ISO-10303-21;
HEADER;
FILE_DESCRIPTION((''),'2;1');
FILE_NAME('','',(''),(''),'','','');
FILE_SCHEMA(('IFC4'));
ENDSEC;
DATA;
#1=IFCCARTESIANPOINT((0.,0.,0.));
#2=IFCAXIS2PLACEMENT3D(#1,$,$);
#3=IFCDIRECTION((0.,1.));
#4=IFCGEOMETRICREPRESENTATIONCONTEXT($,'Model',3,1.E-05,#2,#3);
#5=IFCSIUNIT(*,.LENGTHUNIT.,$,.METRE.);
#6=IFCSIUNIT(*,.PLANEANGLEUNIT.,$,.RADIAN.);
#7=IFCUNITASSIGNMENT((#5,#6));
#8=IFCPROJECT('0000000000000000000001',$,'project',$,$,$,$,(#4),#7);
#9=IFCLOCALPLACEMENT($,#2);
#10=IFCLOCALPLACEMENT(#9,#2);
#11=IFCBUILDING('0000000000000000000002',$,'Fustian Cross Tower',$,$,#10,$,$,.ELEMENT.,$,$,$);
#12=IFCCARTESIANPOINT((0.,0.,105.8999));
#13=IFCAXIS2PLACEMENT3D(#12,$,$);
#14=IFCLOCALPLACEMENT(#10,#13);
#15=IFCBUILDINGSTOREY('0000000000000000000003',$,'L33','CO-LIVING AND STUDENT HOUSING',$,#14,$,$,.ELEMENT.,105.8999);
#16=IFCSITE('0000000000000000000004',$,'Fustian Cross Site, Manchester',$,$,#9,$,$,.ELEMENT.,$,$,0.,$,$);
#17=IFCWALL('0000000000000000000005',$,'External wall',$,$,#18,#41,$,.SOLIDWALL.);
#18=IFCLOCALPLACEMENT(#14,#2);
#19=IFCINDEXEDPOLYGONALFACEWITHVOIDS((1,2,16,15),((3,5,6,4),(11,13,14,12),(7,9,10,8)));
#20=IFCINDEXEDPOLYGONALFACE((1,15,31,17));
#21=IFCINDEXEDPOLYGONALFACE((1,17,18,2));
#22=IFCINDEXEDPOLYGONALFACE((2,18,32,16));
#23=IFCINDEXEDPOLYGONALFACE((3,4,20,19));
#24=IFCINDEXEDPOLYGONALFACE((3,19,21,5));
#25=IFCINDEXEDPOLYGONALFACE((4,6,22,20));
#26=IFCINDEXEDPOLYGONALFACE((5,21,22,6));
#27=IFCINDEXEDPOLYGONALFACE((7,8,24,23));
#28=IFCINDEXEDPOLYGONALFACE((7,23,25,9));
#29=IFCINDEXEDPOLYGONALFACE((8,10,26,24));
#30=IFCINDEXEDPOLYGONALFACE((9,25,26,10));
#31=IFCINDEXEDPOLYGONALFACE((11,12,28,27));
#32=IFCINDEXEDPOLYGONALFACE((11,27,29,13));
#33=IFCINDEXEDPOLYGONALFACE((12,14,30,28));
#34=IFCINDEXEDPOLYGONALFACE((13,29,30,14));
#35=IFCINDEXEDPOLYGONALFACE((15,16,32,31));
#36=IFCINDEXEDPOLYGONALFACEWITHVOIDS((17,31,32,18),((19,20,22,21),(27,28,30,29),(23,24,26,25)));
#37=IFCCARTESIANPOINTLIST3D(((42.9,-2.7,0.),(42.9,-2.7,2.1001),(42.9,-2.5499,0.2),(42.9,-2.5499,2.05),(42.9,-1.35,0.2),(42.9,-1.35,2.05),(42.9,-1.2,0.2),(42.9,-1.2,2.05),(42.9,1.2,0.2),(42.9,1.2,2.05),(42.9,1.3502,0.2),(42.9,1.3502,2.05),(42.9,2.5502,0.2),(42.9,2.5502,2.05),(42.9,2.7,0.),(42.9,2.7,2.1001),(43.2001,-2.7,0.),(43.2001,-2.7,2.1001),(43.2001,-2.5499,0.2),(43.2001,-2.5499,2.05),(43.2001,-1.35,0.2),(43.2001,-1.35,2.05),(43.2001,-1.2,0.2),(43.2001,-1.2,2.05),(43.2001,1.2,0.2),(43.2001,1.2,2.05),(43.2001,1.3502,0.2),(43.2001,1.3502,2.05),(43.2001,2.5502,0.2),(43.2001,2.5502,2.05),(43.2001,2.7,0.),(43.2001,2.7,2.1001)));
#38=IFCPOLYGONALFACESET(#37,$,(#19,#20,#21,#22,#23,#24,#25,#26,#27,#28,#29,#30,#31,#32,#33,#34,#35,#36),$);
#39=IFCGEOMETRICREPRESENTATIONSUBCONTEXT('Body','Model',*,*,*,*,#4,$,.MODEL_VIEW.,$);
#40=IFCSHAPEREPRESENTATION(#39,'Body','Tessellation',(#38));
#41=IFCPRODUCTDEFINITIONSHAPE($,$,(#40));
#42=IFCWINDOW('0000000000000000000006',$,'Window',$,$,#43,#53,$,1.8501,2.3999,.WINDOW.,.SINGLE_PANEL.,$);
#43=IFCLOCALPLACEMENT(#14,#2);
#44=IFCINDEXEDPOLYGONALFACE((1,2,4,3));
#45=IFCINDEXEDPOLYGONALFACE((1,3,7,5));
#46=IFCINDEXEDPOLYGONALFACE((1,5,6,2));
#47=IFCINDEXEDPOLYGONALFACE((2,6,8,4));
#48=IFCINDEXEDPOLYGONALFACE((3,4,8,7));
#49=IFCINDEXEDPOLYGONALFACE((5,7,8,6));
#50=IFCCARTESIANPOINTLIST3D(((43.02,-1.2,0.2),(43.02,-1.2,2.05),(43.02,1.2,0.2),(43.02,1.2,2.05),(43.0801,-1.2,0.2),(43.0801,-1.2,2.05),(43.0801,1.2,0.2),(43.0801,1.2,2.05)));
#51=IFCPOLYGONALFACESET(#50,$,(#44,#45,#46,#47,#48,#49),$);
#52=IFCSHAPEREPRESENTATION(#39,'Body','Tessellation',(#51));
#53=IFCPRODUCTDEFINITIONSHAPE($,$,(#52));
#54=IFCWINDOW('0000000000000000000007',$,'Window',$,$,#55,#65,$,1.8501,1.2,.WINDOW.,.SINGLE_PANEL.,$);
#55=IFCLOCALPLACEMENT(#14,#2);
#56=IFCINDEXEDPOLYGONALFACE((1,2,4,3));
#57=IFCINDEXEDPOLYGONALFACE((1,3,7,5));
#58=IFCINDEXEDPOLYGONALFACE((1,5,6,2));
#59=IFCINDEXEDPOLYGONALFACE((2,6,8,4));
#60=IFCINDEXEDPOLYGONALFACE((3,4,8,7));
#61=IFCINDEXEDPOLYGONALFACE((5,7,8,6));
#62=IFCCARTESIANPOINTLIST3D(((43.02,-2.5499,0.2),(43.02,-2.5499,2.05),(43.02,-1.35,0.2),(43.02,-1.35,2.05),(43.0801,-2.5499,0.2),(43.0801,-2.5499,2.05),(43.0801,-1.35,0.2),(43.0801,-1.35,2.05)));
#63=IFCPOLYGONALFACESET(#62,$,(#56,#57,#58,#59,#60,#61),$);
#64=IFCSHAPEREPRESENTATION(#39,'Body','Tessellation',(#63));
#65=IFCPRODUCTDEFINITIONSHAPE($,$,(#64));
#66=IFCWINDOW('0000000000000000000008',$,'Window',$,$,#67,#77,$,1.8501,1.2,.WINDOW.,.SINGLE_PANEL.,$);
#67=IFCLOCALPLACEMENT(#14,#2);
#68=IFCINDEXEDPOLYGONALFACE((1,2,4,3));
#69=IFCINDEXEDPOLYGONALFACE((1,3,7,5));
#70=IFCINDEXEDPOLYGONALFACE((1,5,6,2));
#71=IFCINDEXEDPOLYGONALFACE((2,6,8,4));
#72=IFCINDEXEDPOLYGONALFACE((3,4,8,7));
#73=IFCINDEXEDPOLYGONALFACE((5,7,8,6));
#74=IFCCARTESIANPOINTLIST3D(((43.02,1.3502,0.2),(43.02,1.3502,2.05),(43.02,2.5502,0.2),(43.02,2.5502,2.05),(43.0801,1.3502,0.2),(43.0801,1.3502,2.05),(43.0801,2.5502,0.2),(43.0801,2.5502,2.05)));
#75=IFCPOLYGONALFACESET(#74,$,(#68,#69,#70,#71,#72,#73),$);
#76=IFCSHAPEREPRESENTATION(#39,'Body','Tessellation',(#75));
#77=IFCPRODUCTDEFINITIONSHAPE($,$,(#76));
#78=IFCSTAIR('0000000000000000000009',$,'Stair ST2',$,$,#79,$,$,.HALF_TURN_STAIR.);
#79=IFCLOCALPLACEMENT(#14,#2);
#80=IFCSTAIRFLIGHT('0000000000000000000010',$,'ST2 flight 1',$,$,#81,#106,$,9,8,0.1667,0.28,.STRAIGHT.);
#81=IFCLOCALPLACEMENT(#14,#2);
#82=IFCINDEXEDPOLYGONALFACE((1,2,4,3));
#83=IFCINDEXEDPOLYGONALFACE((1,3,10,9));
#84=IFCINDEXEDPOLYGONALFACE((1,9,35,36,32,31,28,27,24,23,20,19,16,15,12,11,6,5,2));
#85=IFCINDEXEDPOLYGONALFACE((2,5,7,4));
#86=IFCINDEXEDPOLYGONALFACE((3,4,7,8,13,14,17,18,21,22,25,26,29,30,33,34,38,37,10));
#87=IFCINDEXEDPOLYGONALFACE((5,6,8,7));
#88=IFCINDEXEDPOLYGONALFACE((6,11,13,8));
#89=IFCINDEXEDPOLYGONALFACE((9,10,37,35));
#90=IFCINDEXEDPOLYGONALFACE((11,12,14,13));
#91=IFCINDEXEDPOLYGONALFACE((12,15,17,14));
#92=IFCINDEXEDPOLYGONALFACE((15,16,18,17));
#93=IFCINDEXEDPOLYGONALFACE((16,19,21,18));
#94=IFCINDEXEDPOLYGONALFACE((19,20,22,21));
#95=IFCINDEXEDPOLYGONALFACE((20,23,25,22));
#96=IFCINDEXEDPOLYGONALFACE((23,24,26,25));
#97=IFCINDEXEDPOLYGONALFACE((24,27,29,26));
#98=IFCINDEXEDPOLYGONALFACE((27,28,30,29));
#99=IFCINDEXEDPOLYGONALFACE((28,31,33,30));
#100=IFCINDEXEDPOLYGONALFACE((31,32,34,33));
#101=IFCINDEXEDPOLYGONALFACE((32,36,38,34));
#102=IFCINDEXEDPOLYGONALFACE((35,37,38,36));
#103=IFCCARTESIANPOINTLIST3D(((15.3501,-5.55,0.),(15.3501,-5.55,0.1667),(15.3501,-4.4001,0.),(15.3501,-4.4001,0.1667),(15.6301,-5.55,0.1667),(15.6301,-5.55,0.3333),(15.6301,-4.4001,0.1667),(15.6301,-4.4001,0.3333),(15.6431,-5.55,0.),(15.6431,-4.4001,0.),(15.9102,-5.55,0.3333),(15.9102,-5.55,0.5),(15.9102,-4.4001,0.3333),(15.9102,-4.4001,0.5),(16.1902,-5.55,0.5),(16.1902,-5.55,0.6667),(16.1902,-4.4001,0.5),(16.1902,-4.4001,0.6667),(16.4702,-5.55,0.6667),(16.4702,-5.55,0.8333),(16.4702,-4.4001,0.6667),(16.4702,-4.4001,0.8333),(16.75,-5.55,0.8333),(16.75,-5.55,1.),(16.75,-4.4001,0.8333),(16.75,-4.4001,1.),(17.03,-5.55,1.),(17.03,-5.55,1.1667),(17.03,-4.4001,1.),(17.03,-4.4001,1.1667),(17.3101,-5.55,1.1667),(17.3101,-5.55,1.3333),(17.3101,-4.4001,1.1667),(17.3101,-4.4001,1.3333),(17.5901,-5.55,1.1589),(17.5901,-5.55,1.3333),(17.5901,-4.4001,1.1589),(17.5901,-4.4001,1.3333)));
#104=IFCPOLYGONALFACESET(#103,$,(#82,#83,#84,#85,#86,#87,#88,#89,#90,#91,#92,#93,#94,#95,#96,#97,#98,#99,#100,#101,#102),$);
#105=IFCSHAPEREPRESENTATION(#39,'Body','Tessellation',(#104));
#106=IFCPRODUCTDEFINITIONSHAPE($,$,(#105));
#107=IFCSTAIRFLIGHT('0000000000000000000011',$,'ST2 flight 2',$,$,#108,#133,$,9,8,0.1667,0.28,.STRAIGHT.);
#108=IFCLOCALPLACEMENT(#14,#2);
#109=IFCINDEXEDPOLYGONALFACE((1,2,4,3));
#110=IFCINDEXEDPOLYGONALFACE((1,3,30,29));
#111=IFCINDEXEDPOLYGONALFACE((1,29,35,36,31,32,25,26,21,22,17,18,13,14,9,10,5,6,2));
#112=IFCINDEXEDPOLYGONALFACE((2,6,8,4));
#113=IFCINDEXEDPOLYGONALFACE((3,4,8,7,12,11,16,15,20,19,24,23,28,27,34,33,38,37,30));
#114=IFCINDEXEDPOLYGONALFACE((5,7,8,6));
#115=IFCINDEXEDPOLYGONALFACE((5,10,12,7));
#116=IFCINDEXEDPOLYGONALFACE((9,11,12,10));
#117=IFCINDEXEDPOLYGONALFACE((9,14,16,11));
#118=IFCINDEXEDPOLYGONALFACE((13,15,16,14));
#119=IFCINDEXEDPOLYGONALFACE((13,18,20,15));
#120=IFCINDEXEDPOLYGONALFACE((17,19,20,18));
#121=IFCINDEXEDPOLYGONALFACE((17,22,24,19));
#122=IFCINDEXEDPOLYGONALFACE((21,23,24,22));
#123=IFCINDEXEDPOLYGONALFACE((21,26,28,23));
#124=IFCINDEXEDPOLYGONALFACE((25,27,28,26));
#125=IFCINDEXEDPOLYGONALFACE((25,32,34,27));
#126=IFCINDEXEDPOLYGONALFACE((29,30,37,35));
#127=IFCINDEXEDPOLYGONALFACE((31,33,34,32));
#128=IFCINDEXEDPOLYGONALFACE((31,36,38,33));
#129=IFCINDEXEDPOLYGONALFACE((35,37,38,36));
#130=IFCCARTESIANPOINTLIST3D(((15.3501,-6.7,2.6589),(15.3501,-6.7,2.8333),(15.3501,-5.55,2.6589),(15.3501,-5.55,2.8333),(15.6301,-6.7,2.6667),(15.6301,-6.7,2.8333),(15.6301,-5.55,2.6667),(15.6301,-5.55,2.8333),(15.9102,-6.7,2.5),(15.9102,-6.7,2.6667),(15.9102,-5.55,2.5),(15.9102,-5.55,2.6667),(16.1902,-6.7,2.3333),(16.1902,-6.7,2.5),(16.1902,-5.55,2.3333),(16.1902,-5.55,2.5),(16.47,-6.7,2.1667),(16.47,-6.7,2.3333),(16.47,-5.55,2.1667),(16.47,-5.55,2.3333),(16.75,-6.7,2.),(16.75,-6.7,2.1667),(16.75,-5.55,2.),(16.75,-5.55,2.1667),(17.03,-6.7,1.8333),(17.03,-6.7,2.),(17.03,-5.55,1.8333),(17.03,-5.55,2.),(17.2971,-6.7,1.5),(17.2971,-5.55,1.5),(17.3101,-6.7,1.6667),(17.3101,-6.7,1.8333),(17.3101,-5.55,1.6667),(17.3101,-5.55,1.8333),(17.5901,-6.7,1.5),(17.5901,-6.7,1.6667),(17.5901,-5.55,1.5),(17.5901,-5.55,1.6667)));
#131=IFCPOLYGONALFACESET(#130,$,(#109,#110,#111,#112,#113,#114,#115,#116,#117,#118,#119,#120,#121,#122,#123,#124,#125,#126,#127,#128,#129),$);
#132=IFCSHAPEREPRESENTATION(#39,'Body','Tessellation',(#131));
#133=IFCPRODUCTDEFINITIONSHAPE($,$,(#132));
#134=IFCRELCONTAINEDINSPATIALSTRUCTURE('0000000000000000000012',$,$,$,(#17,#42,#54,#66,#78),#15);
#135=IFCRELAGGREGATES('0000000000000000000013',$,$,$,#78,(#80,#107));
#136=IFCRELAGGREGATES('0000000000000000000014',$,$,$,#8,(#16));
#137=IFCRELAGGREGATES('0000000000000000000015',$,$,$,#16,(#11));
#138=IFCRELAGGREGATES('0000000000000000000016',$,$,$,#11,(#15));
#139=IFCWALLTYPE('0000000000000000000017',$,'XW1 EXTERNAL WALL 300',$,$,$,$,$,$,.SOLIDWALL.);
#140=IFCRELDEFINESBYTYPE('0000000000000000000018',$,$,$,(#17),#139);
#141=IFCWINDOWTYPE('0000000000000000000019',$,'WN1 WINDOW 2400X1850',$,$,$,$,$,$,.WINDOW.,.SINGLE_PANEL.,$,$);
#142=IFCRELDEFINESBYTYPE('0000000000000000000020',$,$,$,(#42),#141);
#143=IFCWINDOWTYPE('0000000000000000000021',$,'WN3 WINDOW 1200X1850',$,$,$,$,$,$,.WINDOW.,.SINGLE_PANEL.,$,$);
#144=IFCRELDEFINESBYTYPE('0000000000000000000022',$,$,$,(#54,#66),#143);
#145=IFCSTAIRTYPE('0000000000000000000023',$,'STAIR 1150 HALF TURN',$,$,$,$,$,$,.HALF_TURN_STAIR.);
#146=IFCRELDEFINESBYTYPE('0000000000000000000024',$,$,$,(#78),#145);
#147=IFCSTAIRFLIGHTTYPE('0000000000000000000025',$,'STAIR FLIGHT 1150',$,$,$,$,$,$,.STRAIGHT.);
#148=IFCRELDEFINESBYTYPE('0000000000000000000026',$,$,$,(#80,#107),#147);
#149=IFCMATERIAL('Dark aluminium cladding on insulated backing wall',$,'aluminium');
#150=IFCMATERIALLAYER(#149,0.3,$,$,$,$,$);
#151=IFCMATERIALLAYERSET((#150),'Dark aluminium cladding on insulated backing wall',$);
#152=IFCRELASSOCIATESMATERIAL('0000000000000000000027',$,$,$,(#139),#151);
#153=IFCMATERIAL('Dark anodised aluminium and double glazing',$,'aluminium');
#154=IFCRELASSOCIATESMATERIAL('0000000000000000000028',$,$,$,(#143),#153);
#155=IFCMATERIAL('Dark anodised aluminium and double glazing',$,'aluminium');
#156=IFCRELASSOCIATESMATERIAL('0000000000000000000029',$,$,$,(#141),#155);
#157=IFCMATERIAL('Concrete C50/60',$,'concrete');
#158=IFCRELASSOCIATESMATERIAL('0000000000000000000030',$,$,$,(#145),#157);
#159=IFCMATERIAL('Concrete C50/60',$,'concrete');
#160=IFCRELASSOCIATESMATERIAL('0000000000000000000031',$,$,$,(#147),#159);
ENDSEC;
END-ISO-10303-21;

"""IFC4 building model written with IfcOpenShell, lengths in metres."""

from ifc_helpers import new_model, si_unit, direction, frame, frame_2d, origin, place, context, subcontext, project, spatial, polyline, rectangle, outline, extrude, material, layer, layer_set, type_object, element, fill, aggregate, save


model = new_model("IFC4")

# Units and contexts
model_context = context("Model", 3, precision=1e-05, world=origin(), true_north=direction((0.0, 1.0)))
body_context = subcontext(model_context, "Body", "Model", "MODEL_VIEW")
ifc_project = project(units=[si_unit("LENGTHUNIT", "METRE"), si_unit("PLANEANGLEUNIT", "RADIAN")], contexts=[model_context])

# Site, building, storey
site_placement = place(None, origin())
site = spatial("IfcSite", under=ifc_project, at=site_placement, Name="Fustian Cross Site, Manchester", CompositionType="ELEMENT", RefElevation=0.0)
building_placement = place(site_placement, origin())
building = spatial("IfcBuilding", under=site, at=building_placement, Name="Fustian Cross Tower", CompositionType="ELEMENT")
storey_placement = place(building_placement, frame((0.0, 0.0, 105.8999)))
storey = spatial("IfcBuildingStorey", under=building, at=storey_placement, Name="L33", Description="CO-LIVING AND STUDENT HOUSING", CompositionType="ELEMENT", Elevation=105.8999)

# Shared definitions
ifc_material_1 = material(Name="Dark aluminium cladding on insulated backing wall", Category="aluminium")
ifc_layer_1 = layer(ifc_material_1, 0.3)
ifc_layer_set_1 = layer_set([ifc_layer_1], Name="Dark aluminium cladding on insulated backing wall")
wall_type_1 = type_object("IfcWallType", Name="XW1 EXTERNAL WALL 300", PredefinedType="SOLIDWALL", material=ifc_layer_set_1)

# Shared definitions
ifc_material_2 = material(Name="Dark anodised aluminium and double glazing", Category="aluminium")
window_type_1 = type_object("IfcWindowType", Name="WN3 WINDOW 1200X1850", PartitioningType="SINGLE_PANEL", PredefinedType="WINDOW", material=ifc_material_2)

# Wall, openings, windows
wall_1_placement = place(storey_placement, frame((43.05, -2.7, 0.0), z_axis=(0.0, 0.0, 1.0), x_axis=(0.0, 1.0, 0.0)))
wall_1 = element("IfcWall", 1, at=wall_1_placement, inside=storey, type_object=wall_type_1, Name="External wall", PredefinedType="SOLIDWALL", context=body_context, shape_type="SweptSolid", body=[
    extrude(rectangle(XDim=5.3999, YDim=0.3, at=frame_2d((2.7, 0.0))), origin(), (0.0, 0.0, 1.0), 2.1001),
])
opening_1_placement = place(wall_1_placement, frame((1.5, 0.0, 0.2)))
opening_1 = element("IfcOpeningElement", 2, at=opening_1_placement, cuts=wall_1, PredefinedType="OPENING", context=body_context, shape_type="SweptSolid", body=[
    extrude(rectangle(XDim=2.3999, YDim=1.8501, at=frame_2d((1.2, 0.925))), frame((0.0, 0.1599, 0.0), z_axis=(0.0, -1.0, 0.0), x_axis=(1.0, 0.0, 0.0)), (0.0, 0.0, 1.0), 0.3201),
])
opening_2_placement = place(wall_1_placement, frame((0.1499, 0.0, 0.2)))
opening_2 = element("IfcOpeningElement", 3, at=opening_2_placement, cuts=wall_1, PredefinedType="OPENING", context=body_context, shape_type="SweptSolid", body=[
    extrude(rectangle(XDim=1.2, YDim=1.8501, at=frame_2d((0.6001, 0.925))), frame((0.0, 0.1599, 0.0), z_axis=(0.0, -1.0, 0.0), x_axis=(1.0, 0.0, 0.0)), (0.0, 0.0, 1.0), 0.3201),
])
opening_3_placement = place(wall_1_placement, frame((4.05, 0.0, 0.2)))
opening_3 = element("IfcOpeningElement", 4, at=opening_3_placement, cuts=wall_1, PredefinedType="OPENING", context=body_context, shape_type="SweptSolid", body=[
    extrude(rectangle(XDim=1.2, YDim=1.8501, at=frame_2d((0.6001, 0.925))), frame((0.0, 0.1599, 0.0), z_axis=(0.0, -1.0, 0.0), x_axis=(1.0, 0.0, 0.0)), (0.0, 0.0, 1.0), 0.3201),
])
ifc_material_3 = material(Name="Dark anodised aluminium and double glazing", Category="aluminium")
window_type_2 = type_object("IfcWindowType", Name="WN1 WINDOW 2400X1850", PartitioningType="SINGLE_PANEL", PredefinedType="WINDOW", material=ifc_material_3)
window_1_placement = place(opening_1_placement, origin())
window_1 = element("IfcWindow", 5, at=window_1_placement, inside=storey, type_object=window_type_2, Name="Window", OverallHeight=1.8501, OverallWidth=2.3999, PartitioningType="SINGLE_PANEL", PredefinedType="WINDOW", context=body_context, shape_type="SweptSolid", body=[
    extrude(rectangle(XDim=2.3999, YDim=1.8501, at=frame_2d((1.2, 0.925))), frame((0.0, 0.03, 0.0), z_axis=(0.0, -1.0, 0.0), x_axis=(1.0, 0.0, 0.0)), (0.0, 0.0, 1.0), 0.0601),
])
fill(opening_1, window_1)
window_2_placement = place(opening_2_placement, origin())
window_2 = element("IfcWindow", 6, at=window_2_placement, inside=storey, type_object=window_type_1, Name="Window", OverallHeight=1.8501, OverallWidth=1.2, PartitioningType="SINGLE_PANEL", PredefinedType="WINDOW", context=body_context, shape_type="SweptSolid", body=[
    extrude(rectangle(XDim=1.2, YDim=1.8501, at=frame_2d((0.6001, 0.925))), frame((0.0, 0.03, 0.0), z_axis=(0.0, -1.0, 0.0), x_axis=(1.0, 0.0, 0.0)), (0.0, 0.0, 1.0), 0.0601),
])
fill(opening_2, window_2)
window_3_placement = place(opening_3_placement, origin())
window_3 = element("IfcWindow", 7, at=window_3_placement, inside=storey, type_object=window_type_1, Name="Window", OverallHeight=1.8501, OverallWidth=1.2, PartitioningType="SINGLE_PANEL", PredefinedType="WINDOW", context=body_context, shape_type="SweptSolid", body=[
    extrude(rectangle(XDim=1.2, YDim=1.8501, at=frame_2d((0.6001, 0.925))), frame((0.0, 0.03, 0.0), z_axis=(0.0, -1.0, 0.0), x_axis=(1.0, 0.0, 0.0)), (0.0, 0.0, 1.0), 0.0601),
])
fill(opening_3, window_3)

# Stair, stair flights
ifc_material_4 = material(Name="Concrete C50/60", Category="concrete")
stair_type = type_object("IfcStairType", Name="STAIR 1150 HALF TURN", PredefinedType="HALF_TURN_STAIR", material=ifc_material_4)
stair_placement = place(storey_placement, origin())
stair = element("IfcStair", 8, at=stair_placement, inside=storey, type_object=stair_type, Name="Stair ST2", PredefinedType="HALF_TURN_STAIR")
ifc_material_5 = material(Name="Concrete C50/60", Category="concrete")
stair_flight_type = type_object("IfcStairFlightType", Name="STAIR FLIGHT 1150", PredefinedType="STRAIGHT", material=ifc_material_5)
stair_flight_1_placement = place(storey_placement, frame((15.3501, -4.9751, 0.0), z_axis=(0.0, 0.0, 1.0), x_axis=(1.0, 0.0, 0.0)))
stair_flight_1 = element("IfcStairFlight", 9, at=stair_flight_1_placement, type_object=stair_flight_type, Name="ST2 flight 1", NumberOfRisers=9, NumberOfTreads=8, PredefinedType="STRAIGHT", RiserHeight=0.1667, TreadLength=0.28, context=body_context, shape_type="SweptSolid", body=[
    extrude(outline(polyline([(0.0, 0.0), (0.0, 0.1667), (0.28, 0.1667), (0.28, 0.3333), (0.5601, 0.3333), (0.5601, 0.5), (0.8401, 0.5), (0.8401, 0.6667), (1.1201, 0.6667), (1.1201, 0.8333), (1.3999, 0.8333), (1.3999, 1.0), (1.6799, 1.0), (1.6799, 1.1667), (1.96, 1.1667), (1.96, 1.3333), (2.24, 1.3333), (2.24, 1.5), (2.24, 1.1589), (0.293, 0.0), (0.0, 0.0)])), frame((0.0, 0.575, 0.0), z_axis=(0.0, -1.0, 0.0), x_axis=(1.0, 0.0, 0.0)), (0.0, 0.0, 1.0), 1.1499),
])
stair_flight_2_placement = place(storey_placement, frame((17.5901, -6.125, 1.5), z_axis=(0.0, 0.0, 1.0), x_axis=(-1.0, 0.0, 0.0)))
stair_flight_2 = element("IfcStairFlight", 10, at=stair_flight_2_placement, type_object=stair_flight_type, Name="ST2 flight 2", NumberOfRisers=9, NumberOfTreads=8, PredefinedType="STRAIGHT", RiserHeight=0.1667, TreadLength=0.28, context=body_context, shape_type="SweptSolid", body=[
    extrude(outline(polyline([(0.0, 0.0), (0.0, 0.1667), (0.28, 0.1667), (0.28, 0.3333), (0.5601, 0.3333), (0.5601, 0.5), (0.8401, 0.5), (0.8401, 0.6667), (1.1201, 0.6667), (1.1201, 0.8333), (1.3999, 0.8333), (1.3999, 1.0), (1.6799, 1.0), (1.6799, 1.1667), (1.96, 1.1667), (1.96, 1.3333), (2.24, 1.3333), (2.24, 1.5), (2.24, 1.1589), (0.293, 0.0), (0.0, 0.0)])), frame((0.0, 0.575, 0.0), z_axis=(0.0, -1.0, 0.0), x_axis=(1.0, 0.0, 0.0)), (0.0, 0.0, 1.0), 1.1499),
])
aggregate(stair, [stair_flight_1, stair_flight_2])

save(model, "model.ifc")
